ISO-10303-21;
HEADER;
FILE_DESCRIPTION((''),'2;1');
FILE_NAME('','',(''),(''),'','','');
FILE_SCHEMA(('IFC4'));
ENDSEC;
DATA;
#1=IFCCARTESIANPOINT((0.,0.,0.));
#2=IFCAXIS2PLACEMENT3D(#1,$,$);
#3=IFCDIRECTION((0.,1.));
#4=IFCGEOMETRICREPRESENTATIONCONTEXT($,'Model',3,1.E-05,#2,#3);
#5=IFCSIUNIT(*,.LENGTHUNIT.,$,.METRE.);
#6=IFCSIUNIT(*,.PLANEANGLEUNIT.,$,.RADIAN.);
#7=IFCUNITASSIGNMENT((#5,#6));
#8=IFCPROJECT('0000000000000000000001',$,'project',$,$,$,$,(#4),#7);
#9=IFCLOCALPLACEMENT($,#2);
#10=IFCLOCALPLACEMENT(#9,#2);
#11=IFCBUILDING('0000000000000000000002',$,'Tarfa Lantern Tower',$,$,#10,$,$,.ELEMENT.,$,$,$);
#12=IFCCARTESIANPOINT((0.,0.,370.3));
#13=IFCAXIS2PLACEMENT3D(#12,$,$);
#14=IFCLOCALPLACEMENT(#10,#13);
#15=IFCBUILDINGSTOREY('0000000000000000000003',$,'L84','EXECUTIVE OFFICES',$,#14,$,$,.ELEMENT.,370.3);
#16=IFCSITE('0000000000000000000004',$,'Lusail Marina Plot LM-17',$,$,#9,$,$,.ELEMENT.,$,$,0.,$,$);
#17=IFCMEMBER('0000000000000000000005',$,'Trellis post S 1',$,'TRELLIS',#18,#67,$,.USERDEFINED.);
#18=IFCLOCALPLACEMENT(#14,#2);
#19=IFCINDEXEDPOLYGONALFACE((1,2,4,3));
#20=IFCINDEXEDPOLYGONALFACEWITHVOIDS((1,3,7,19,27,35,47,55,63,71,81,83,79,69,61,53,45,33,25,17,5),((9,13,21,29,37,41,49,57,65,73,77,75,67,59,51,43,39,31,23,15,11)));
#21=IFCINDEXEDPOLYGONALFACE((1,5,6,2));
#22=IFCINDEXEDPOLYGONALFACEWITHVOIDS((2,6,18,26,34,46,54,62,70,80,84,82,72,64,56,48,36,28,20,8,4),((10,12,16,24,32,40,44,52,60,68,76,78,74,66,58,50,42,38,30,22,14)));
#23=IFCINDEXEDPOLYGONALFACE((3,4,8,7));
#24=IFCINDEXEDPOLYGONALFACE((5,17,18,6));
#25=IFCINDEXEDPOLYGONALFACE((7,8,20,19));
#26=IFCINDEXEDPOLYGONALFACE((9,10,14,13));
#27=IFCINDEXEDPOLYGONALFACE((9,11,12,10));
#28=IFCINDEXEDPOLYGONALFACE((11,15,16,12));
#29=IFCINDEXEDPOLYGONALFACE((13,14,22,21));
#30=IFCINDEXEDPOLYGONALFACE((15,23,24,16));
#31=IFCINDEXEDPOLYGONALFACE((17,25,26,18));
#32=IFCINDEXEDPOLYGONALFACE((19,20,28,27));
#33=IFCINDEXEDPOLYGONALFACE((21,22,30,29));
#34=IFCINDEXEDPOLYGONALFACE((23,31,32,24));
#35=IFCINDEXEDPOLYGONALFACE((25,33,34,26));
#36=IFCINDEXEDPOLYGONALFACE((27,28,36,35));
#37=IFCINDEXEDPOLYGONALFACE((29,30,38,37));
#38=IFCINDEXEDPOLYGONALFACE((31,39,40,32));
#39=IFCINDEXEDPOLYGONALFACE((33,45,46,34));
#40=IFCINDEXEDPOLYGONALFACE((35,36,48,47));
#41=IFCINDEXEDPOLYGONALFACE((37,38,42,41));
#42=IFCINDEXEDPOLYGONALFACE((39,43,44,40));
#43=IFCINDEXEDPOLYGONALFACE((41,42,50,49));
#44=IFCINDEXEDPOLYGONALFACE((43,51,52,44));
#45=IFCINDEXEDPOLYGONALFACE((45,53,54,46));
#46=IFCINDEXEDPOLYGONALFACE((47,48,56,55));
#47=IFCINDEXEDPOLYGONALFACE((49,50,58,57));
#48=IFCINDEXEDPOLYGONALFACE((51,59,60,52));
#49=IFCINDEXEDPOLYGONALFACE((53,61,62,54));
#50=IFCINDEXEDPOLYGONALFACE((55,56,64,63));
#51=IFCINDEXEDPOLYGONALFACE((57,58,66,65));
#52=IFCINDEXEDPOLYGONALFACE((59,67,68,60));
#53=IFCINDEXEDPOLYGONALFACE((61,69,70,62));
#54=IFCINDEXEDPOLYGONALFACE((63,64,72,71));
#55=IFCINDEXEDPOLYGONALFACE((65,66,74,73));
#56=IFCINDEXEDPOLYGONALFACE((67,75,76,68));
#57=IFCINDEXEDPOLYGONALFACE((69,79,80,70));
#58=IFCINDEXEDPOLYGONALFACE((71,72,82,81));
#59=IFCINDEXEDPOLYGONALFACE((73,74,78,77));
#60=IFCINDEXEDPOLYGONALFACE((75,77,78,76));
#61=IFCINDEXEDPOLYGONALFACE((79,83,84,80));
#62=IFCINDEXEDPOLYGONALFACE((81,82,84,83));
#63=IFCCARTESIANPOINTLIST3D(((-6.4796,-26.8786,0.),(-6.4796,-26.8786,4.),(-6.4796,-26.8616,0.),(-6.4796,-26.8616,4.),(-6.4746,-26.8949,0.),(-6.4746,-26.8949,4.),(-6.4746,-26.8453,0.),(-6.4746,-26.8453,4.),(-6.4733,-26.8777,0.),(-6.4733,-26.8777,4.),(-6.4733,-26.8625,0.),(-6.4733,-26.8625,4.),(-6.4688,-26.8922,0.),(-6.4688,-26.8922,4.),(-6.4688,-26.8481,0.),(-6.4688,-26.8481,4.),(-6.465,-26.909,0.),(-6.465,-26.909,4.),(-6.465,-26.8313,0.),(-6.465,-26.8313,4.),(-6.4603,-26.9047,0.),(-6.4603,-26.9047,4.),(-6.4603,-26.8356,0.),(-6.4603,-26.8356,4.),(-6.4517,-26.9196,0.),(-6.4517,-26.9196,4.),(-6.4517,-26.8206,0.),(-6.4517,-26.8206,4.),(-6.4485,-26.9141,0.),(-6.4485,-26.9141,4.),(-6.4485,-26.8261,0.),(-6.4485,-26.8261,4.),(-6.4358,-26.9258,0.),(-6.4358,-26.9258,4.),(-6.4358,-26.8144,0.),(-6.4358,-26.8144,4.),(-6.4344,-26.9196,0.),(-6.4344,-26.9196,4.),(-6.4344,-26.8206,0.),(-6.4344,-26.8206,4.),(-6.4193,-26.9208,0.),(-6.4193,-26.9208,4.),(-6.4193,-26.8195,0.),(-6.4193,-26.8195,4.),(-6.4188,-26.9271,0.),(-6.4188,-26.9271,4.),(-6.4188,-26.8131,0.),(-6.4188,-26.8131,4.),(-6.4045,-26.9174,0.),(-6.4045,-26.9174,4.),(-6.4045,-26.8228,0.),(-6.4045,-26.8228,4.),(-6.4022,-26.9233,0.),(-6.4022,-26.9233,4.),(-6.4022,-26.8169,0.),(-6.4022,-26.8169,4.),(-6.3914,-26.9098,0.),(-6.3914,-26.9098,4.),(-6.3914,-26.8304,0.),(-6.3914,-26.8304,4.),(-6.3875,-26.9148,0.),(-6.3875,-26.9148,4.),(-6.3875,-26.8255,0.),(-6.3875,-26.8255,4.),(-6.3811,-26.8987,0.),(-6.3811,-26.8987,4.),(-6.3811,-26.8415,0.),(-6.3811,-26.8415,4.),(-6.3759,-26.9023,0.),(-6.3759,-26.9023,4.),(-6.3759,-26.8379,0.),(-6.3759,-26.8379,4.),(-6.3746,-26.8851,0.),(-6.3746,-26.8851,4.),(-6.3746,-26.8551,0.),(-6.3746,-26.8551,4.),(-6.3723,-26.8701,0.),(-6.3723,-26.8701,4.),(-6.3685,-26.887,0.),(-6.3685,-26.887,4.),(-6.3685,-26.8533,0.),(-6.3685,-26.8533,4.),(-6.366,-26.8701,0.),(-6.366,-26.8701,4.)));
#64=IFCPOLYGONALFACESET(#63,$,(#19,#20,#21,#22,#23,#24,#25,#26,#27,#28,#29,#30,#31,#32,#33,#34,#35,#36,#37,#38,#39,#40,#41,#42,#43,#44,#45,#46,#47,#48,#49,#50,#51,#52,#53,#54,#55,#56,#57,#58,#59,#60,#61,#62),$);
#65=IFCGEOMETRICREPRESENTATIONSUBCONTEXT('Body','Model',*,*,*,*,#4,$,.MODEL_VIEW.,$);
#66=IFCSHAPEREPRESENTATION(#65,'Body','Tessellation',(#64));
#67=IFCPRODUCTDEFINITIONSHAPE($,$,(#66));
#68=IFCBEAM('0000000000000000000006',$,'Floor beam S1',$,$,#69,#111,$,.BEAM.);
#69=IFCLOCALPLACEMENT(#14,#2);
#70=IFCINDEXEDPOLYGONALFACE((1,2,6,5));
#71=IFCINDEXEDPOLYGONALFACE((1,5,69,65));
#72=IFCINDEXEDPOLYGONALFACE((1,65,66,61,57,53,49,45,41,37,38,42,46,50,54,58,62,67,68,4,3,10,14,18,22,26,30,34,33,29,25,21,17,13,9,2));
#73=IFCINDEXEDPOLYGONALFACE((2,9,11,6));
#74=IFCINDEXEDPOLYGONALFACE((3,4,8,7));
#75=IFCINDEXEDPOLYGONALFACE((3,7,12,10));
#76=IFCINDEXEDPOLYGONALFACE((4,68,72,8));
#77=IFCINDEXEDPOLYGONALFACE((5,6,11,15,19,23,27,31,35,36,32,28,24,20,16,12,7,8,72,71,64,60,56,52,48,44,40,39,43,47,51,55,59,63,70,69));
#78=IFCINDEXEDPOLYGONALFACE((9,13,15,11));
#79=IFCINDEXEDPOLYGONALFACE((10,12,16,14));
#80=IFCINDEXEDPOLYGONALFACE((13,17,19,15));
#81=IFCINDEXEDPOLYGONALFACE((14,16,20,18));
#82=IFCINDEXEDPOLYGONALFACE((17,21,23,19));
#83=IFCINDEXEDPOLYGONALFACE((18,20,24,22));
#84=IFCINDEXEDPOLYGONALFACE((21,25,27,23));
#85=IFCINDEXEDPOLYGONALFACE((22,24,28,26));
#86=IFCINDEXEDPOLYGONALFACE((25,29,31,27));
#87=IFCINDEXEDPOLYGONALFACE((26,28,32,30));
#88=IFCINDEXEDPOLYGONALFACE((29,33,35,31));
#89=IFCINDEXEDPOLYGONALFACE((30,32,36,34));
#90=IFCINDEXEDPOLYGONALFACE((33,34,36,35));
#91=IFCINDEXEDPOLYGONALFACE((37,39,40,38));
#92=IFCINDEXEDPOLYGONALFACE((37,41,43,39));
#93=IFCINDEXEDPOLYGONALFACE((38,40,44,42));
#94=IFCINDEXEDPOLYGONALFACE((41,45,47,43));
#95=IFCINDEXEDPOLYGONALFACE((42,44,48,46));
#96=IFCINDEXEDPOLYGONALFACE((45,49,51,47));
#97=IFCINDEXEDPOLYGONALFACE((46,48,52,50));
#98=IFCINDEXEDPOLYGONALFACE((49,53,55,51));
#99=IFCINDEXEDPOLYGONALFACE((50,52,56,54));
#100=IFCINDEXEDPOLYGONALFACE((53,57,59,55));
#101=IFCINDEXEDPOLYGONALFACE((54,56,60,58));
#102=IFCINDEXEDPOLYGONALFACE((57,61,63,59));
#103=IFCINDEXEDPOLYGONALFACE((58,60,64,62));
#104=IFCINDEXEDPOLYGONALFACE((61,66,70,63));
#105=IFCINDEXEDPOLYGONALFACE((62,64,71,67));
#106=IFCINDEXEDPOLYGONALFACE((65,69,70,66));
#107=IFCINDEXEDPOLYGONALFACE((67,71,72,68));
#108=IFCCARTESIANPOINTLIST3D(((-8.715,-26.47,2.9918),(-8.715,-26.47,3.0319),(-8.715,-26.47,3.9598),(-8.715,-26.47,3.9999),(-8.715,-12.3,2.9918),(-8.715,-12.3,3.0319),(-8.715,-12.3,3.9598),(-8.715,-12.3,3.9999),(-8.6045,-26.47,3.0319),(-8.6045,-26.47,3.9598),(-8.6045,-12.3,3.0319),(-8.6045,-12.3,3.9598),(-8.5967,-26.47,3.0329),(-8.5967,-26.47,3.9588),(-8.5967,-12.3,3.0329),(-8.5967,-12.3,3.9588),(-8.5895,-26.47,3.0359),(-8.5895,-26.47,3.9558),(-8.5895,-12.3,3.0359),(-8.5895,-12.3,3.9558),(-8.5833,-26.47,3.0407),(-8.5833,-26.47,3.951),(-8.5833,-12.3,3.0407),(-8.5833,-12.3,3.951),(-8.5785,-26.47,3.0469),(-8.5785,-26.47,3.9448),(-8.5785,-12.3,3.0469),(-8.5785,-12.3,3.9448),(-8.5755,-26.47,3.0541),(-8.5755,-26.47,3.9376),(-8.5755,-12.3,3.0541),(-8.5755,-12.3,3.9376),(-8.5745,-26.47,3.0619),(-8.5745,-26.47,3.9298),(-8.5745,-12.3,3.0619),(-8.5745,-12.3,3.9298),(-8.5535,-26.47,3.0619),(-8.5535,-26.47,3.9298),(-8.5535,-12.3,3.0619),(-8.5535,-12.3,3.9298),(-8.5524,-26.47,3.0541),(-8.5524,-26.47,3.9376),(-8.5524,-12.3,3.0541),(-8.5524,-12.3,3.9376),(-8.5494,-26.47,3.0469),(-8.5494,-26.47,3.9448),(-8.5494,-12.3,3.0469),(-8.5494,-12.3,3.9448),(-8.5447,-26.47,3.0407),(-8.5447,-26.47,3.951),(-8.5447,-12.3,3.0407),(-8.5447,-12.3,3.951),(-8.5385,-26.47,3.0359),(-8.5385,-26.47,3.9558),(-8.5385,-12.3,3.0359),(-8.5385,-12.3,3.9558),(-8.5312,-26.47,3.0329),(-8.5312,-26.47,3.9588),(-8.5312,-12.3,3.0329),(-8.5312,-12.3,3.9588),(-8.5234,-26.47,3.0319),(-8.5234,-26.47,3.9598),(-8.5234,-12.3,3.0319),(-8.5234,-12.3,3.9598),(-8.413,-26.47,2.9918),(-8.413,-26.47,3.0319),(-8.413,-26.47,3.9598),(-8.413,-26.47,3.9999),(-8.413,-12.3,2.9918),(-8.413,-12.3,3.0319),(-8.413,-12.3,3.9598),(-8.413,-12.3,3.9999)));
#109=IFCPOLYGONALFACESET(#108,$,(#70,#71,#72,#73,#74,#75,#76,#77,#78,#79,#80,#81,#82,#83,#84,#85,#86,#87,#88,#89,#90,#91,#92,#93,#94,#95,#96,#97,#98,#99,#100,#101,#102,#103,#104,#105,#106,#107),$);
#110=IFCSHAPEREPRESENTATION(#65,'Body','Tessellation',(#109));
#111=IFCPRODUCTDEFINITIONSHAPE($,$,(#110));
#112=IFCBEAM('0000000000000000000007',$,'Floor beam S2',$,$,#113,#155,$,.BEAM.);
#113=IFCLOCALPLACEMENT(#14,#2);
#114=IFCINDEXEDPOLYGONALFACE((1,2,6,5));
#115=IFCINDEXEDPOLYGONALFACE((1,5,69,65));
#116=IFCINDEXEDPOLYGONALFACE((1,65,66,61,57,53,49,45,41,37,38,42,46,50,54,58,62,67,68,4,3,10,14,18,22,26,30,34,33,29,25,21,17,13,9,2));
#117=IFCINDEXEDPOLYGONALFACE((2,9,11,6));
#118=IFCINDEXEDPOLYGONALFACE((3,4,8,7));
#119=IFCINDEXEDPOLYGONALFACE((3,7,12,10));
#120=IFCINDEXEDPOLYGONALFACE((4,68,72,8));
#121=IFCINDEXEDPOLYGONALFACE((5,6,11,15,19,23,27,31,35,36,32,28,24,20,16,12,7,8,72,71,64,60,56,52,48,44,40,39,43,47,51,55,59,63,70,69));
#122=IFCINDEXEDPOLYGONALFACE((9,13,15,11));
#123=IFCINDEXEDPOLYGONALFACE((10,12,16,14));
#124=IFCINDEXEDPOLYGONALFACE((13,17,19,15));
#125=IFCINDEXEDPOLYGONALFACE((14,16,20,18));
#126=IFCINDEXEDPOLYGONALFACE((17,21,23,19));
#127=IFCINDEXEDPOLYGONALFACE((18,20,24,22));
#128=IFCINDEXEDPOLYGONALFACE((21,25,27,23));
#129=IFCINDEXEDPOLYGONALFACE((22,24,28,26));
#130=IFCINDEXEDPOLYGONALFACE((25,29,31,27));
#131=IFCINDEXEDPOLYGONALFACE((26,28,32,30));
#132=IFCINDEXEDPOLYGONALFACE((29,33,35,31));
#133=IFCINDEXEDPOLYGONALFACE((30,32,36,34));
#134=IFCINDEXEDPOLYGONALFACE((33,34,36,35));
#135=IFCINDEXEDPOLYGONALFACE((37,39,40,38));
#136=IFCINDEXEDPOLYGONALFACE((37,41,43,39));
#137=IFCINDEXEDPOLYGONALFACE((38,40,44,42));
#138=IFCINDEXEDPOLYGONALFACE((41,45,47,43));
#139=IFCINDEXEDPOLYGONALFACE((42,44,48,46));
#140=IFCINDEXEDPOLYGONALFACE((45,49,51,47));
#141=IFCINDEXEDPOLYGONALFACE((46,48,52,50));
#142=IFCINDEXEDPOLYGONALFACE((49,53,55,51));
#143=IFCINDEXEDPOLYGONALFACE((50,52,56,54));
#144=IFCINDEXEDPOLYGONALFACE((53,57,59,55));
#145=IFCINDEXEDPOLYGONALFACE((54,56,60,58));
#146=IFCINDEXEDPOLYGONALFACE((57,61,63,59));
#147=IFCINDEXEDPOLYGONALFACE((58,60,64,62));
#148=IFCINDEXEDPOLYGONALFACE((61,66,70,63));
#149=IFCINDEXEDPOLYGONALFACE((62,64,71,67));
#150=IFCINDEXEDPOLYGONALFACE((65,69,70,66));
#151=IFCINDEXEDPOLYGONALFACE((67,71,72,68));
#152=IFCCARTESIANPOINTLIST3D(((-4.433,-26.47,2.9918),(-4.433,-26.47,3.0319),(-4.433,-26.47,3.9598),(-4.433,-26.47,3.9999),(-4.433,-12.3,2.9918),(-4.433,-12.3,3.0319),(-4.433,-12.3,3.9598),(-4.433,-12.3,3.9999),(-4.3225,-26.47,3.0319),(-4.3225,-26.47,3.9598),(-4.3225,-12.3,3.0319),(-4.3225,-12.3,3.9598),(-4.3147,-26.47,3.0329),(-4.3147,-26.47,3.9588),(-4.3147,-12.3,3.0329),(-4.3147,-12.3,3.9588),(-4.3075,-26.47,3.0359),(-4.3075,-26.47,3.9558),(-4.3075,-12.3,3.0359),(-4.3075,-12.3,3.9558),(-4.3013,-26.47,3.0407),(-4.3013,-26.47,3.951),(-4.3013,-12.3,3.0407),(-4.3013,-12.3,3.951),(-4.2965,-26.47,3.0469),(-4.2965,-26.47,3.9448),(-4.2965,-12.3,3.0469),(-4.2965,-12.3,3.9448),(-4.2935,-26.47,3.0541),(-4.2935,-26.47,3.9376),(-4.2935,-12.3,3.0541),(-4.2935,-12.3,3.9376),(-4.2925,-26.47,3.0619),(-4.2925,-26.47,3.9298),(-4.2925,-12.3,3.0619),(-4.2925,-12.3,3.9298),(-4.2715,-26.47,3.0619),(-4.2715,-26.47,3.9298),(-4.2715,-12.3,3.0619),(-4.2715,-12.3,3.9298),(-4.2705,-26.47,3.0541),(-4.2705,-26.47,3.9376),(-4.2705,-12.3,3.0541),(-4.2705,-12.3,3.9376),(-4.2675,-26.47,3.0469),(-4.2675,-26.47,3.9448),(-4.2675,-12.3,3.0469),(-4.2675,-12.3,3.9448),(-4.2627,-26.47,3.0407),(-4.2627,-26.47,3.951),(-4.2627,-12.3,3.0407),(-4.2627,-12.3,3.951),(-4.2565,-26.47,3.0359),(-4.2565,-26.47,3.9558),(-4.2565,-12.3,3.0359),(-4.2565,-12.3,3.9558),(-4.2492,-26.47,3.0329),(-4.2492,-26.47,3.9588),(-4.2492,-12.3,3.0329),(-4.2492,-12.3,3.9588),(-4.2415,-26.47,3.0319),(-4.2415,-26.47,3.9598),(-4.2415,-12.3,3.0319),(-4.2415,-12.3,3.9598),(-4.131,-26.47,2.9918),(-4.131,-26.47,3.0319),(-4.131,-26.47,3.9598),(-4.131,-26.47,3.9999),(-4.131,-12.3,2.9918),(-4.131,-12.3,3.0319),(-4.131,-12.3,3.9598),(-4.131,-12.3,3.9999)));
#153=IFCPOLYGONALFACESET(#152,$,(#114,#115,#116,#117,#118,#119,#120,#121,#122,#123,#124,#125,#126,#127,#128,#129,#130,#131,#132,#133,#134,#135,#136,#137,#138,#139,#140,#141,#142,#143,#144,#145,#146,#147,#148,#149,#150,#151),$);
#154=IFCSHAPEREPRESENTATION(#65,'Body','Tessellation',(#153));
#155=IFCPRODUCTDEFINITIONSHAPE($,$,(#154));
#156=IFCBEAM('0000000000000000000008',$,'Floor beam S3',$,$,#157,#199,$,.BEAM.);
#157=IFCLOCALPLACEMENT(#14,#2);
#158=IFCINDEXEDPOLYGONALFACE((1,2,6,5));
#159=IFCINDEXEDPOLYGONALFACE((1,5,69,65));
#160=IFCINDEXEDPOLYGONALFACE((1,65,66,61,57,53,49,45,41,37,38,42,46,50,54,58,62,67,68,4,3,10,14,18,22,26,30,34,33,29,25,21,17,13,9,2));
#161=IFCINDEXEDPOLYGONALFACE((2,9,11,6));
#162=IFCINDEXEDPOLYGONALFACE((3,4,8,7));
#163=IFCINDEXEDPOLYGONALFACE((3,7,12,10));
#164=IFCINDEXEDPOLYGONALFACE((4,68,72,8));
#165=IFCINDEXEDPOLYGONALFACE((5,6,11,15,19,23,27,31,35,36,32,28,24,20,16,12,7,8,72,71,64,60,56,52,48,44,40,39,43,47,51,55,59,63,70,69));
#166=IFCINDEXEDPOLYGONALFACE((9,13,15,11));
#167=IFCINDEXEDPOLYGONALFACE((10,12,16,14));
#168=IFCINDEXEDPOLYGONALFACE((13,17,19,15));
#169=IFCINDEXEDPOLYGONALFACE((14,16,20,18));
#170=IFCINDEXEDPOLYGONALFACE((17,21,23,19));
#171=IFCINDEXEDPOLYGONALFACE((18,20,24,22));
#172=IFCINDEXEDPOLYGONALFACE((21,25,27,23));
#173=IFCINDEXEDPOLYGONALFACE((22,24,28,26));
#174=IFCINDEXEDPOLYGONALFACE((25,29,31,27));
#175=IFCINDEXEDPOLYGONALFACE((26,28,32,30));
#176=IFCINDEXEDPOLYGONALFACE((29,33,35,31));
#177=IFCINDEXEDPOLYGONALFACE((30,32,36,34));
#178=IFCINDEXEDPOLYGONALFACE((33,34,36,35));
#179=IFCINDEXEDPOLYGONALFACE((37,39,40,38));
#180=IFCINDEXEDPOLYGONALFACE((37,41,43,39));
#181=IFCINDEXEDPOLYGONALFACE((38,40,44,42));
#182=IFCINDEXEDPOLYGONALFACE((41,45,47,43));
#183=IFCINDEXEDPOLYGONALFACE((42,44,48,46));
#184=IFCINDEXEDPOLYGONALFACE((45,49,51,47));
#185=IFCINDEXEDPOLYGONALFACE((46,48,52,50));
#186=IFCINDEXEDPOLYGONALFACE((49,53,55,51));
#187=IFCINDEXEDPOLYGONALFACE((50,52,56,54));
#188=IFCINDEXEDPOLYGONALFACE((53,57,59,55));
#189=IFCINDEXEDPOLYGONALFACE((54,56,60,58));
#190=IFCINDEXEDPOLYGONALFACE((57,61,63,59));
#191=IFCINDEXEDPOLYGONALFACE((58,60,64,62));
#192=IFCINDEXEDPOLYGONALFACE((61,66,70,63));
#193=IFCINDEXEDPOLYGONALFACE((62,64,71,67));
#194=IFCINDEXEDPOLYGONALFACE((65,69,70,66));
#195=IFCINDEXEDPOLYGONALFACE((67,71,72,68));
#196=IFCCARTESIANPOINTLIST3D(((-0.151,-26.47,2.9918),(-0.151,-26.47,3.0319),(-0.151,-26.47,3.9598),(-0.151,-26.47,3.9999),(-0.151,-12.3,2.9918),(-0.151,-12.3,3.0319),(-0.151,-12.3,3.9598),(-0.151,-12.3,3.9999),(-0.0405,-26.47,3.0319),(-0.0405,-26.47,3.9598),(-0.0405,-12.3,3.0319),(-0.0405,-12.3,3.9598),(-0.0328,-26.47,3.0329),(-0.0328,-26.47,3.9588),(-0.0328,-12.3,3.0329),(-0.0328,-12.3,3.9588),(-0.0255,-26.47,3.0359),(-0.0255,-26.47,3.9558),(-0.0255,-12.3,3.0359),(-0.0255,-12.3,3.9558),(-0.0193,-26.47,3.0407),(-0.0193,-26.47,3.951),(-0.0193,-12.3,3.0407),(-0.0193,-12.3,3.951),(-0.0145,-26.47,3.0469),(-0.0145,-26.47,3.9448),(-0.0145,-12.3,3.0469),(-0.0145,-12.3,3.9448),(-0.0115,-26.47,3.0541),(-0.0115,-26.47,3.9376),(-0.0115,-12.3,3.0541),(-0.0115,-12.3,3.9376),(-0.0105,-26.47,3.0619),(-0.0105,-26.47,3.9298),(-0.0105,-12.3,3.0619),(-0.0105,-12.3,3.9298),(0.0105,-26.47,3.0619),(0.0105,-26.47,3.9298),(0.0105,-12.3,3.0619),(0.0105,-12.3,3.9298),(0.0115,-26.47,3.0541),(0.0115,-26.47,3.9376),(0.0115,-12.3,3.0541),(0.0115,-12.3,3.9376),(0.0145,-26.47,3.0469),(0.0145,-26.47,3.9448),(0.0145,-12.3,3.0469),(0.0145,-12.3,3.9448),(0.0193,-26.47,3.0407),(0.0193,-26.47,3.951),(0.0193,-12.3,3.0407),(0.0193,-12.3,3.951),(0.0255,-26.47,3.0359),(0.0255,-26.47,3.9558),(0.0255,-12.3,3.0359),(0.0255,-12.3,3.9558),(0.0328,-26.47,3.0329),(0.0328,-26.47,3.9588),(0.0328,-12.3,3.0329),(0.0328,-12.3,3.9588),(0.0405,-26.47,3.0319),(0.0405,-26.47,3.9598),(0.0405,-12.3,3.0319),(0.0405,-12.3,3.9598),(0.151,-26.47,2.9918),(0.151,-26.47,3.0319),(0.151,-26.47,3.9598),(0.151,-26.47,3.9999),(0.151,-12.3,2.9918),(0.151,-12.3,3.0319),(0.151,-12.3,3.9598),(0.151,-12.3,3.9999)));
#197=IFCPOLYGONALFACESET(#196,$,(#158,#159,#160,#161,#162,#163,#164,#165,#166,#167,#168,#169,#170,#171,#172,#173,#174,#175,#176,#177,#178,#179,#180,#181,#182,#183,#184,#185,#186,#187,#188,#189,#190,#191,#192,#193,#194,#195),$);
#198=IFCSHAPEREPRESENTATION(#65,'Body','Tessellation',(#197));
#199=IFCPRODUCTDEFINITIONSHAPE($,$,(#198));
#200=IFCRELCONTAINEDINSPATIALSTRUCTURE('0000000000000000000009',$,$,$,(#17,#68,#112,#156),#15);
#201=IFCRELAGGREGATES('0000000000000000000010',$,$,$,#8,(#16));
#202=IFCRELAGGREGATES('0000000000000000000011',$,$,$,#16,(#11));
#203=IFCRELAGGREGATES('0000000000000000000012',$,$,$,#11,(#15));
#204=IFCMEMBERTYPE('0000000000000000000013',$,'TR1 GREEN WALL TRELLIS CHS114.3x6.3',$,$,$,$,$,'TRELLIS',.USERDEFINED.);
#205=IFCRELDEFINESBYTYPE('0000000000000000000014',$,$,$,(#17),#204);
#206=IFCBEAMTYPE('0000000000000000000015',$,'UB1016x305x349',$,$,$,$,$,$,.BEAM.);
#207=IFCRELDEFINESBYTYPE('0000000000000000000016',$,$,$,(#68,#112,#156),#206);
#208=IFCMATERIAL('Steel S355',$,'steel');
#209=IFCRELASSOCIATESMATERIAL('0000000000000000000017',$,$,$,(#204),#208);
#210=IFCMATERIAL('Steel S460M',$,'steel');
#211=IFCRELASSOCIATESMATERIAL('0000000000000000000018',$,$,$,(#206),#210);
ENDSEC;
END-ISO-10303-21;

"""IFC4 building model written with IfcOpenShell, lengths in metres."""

from ifc_helpers import new_model, si_unit, direction, frame, origin, origin_2d, place, context, subcontext, project, spatial, hollow_circle, i_section, extrude, material, material_profile, profile_set, type_object, element, save


model = new_model("IFC4")

# Units and contexts
model_context = context("Model", 3, precision=1e-05, world=origin(), true_north=direction((0.0, 1.0)))
body_context = subcontext(model_context, "Body", "Model", "MODEL_VIEW")
ifc_project = project(units=[si_unit("LENGTHUNIT", "METRE"), si_unit("PLANEANGLEUNIT", "RADIAN")], contexts=[model_context])

# Site, building, storey
site_placement = place(None, origin())
site = spatial("IfcSite", under=ifc_project, at=site_placement, Name="Lusail Marina Plot LM-17", CompositionType="ELEMENT", RefElevation=0.0)
building_placement = place(site_placement, origin())
building = spatial("IfcBuilding", under=site, at=building_placement, Name="Tarfa Lantern Tower", CompositionType="ELEMENT")
storey_placement = place(building_placement, frame((0.0, 0.0, 370.3)))
storey = spatial("IfcBuildingStorey", under=building, at=storey_placement, Name="L84", Description="EXECUTIVE OFFICES", CompositionType="ELEMENT", Elevation=370.3)

# Member
ifc_material_1 = material(Name="Steel S355", Category="steel")
ifc_material_profile_1 = material_profile(ifc_material_1, hollow_circle(Radius=0.0571, WallThickness=0.0063, at=origin_2d()), Name="CHS114.3x6.3")
ifc_profile_set_1 = profile_set([ifc_material_profile_1], Name="Steel S355")
member_type_1 = type_object("IfcMemberType", Name="TR1 GREEN WALL TRELLIS CHS114.3x6.3", ElementType="TRELLIS", PredefinedType="USERDEFINED", material=ifc_profile_set_1)
member_1_placement = place(storey_placement, frame((-6.4231, -26.8701, 0.0), z_axis=(0.0, 0.0, 1.0), x_axis=(1.0, 0.0, 0.0)))
element("IfcMember", 1, at=member_1_placement, inside=storey, type_object=member_type_1, Name="Trellis post S 1", ObjectType="TRELLIS", PredefinedType="USERDEFINED", context=body_context, shape_type="SweptSolid", body=[
    extrude(hollow_circle(Radius=0.0571, WallThickness=0.0063, at=origin_2d()), origin(), (0.0, 0.0, 1.0), 4.0),
])

# Beams
ifc_material_2 = material(Name="Steel S460M", Category="steel")
ifc_material_profile_2 = material_profile(ifc_material_2, i_section(OverallWidth=0.302, OverallDepth=1.0081, WebThickness=0.021, FlangeThickness=0.04, FilletRadius=0.03, at=origin_2d()), Name="UB1016x305x349")
ifc_profile_set_2 = profile_set([ifc_material_profile_2], Name="Steel S460M")
beam_type_1 = type_object("IfcBeamType", Name="UB1016x305x349", PredefinedType="BEAM", material=ifc_profile_set_2)
for number, where, z_axis, x_axis, name in (
    (2, (-8.564, -26.47, 3.4958), (0.0, 1.0, 0.0), (-1.0, 0.0, 0.0), "Floor beam S1"),
    (3, (-4.282, -26.47, 3.4958), (0.0, 1.0, 0.0), (-1.0, 0.0, 0.0), "Floor beam S2"),
    (4, (0.0, -26.47, 3.4958), (0.0, 1.0, 0.0), (-1.0, 0.0, 0.0), "Floor beam S3"),
):
    element("IfcBeam", number, at=place(storey_placement, frame(where, z_axis=z_axis, x_axis=x_axis)), inside=storey, type_object=beam_type_1, Name=name, PredefinedType="BEAM", context=body_context, shape_type="SweptSolid", body=[
        extrude(i_section(OverallWidth=0.302, OverallDepth=1.0081, WebThickness=0.021, FlangeThickness=0.04, FilletRadius=0.03, at=origin_2d()), origin(), (0.0, 0.0, 1.0), 14.1699),
    ])

save(model, "model.ifc")
